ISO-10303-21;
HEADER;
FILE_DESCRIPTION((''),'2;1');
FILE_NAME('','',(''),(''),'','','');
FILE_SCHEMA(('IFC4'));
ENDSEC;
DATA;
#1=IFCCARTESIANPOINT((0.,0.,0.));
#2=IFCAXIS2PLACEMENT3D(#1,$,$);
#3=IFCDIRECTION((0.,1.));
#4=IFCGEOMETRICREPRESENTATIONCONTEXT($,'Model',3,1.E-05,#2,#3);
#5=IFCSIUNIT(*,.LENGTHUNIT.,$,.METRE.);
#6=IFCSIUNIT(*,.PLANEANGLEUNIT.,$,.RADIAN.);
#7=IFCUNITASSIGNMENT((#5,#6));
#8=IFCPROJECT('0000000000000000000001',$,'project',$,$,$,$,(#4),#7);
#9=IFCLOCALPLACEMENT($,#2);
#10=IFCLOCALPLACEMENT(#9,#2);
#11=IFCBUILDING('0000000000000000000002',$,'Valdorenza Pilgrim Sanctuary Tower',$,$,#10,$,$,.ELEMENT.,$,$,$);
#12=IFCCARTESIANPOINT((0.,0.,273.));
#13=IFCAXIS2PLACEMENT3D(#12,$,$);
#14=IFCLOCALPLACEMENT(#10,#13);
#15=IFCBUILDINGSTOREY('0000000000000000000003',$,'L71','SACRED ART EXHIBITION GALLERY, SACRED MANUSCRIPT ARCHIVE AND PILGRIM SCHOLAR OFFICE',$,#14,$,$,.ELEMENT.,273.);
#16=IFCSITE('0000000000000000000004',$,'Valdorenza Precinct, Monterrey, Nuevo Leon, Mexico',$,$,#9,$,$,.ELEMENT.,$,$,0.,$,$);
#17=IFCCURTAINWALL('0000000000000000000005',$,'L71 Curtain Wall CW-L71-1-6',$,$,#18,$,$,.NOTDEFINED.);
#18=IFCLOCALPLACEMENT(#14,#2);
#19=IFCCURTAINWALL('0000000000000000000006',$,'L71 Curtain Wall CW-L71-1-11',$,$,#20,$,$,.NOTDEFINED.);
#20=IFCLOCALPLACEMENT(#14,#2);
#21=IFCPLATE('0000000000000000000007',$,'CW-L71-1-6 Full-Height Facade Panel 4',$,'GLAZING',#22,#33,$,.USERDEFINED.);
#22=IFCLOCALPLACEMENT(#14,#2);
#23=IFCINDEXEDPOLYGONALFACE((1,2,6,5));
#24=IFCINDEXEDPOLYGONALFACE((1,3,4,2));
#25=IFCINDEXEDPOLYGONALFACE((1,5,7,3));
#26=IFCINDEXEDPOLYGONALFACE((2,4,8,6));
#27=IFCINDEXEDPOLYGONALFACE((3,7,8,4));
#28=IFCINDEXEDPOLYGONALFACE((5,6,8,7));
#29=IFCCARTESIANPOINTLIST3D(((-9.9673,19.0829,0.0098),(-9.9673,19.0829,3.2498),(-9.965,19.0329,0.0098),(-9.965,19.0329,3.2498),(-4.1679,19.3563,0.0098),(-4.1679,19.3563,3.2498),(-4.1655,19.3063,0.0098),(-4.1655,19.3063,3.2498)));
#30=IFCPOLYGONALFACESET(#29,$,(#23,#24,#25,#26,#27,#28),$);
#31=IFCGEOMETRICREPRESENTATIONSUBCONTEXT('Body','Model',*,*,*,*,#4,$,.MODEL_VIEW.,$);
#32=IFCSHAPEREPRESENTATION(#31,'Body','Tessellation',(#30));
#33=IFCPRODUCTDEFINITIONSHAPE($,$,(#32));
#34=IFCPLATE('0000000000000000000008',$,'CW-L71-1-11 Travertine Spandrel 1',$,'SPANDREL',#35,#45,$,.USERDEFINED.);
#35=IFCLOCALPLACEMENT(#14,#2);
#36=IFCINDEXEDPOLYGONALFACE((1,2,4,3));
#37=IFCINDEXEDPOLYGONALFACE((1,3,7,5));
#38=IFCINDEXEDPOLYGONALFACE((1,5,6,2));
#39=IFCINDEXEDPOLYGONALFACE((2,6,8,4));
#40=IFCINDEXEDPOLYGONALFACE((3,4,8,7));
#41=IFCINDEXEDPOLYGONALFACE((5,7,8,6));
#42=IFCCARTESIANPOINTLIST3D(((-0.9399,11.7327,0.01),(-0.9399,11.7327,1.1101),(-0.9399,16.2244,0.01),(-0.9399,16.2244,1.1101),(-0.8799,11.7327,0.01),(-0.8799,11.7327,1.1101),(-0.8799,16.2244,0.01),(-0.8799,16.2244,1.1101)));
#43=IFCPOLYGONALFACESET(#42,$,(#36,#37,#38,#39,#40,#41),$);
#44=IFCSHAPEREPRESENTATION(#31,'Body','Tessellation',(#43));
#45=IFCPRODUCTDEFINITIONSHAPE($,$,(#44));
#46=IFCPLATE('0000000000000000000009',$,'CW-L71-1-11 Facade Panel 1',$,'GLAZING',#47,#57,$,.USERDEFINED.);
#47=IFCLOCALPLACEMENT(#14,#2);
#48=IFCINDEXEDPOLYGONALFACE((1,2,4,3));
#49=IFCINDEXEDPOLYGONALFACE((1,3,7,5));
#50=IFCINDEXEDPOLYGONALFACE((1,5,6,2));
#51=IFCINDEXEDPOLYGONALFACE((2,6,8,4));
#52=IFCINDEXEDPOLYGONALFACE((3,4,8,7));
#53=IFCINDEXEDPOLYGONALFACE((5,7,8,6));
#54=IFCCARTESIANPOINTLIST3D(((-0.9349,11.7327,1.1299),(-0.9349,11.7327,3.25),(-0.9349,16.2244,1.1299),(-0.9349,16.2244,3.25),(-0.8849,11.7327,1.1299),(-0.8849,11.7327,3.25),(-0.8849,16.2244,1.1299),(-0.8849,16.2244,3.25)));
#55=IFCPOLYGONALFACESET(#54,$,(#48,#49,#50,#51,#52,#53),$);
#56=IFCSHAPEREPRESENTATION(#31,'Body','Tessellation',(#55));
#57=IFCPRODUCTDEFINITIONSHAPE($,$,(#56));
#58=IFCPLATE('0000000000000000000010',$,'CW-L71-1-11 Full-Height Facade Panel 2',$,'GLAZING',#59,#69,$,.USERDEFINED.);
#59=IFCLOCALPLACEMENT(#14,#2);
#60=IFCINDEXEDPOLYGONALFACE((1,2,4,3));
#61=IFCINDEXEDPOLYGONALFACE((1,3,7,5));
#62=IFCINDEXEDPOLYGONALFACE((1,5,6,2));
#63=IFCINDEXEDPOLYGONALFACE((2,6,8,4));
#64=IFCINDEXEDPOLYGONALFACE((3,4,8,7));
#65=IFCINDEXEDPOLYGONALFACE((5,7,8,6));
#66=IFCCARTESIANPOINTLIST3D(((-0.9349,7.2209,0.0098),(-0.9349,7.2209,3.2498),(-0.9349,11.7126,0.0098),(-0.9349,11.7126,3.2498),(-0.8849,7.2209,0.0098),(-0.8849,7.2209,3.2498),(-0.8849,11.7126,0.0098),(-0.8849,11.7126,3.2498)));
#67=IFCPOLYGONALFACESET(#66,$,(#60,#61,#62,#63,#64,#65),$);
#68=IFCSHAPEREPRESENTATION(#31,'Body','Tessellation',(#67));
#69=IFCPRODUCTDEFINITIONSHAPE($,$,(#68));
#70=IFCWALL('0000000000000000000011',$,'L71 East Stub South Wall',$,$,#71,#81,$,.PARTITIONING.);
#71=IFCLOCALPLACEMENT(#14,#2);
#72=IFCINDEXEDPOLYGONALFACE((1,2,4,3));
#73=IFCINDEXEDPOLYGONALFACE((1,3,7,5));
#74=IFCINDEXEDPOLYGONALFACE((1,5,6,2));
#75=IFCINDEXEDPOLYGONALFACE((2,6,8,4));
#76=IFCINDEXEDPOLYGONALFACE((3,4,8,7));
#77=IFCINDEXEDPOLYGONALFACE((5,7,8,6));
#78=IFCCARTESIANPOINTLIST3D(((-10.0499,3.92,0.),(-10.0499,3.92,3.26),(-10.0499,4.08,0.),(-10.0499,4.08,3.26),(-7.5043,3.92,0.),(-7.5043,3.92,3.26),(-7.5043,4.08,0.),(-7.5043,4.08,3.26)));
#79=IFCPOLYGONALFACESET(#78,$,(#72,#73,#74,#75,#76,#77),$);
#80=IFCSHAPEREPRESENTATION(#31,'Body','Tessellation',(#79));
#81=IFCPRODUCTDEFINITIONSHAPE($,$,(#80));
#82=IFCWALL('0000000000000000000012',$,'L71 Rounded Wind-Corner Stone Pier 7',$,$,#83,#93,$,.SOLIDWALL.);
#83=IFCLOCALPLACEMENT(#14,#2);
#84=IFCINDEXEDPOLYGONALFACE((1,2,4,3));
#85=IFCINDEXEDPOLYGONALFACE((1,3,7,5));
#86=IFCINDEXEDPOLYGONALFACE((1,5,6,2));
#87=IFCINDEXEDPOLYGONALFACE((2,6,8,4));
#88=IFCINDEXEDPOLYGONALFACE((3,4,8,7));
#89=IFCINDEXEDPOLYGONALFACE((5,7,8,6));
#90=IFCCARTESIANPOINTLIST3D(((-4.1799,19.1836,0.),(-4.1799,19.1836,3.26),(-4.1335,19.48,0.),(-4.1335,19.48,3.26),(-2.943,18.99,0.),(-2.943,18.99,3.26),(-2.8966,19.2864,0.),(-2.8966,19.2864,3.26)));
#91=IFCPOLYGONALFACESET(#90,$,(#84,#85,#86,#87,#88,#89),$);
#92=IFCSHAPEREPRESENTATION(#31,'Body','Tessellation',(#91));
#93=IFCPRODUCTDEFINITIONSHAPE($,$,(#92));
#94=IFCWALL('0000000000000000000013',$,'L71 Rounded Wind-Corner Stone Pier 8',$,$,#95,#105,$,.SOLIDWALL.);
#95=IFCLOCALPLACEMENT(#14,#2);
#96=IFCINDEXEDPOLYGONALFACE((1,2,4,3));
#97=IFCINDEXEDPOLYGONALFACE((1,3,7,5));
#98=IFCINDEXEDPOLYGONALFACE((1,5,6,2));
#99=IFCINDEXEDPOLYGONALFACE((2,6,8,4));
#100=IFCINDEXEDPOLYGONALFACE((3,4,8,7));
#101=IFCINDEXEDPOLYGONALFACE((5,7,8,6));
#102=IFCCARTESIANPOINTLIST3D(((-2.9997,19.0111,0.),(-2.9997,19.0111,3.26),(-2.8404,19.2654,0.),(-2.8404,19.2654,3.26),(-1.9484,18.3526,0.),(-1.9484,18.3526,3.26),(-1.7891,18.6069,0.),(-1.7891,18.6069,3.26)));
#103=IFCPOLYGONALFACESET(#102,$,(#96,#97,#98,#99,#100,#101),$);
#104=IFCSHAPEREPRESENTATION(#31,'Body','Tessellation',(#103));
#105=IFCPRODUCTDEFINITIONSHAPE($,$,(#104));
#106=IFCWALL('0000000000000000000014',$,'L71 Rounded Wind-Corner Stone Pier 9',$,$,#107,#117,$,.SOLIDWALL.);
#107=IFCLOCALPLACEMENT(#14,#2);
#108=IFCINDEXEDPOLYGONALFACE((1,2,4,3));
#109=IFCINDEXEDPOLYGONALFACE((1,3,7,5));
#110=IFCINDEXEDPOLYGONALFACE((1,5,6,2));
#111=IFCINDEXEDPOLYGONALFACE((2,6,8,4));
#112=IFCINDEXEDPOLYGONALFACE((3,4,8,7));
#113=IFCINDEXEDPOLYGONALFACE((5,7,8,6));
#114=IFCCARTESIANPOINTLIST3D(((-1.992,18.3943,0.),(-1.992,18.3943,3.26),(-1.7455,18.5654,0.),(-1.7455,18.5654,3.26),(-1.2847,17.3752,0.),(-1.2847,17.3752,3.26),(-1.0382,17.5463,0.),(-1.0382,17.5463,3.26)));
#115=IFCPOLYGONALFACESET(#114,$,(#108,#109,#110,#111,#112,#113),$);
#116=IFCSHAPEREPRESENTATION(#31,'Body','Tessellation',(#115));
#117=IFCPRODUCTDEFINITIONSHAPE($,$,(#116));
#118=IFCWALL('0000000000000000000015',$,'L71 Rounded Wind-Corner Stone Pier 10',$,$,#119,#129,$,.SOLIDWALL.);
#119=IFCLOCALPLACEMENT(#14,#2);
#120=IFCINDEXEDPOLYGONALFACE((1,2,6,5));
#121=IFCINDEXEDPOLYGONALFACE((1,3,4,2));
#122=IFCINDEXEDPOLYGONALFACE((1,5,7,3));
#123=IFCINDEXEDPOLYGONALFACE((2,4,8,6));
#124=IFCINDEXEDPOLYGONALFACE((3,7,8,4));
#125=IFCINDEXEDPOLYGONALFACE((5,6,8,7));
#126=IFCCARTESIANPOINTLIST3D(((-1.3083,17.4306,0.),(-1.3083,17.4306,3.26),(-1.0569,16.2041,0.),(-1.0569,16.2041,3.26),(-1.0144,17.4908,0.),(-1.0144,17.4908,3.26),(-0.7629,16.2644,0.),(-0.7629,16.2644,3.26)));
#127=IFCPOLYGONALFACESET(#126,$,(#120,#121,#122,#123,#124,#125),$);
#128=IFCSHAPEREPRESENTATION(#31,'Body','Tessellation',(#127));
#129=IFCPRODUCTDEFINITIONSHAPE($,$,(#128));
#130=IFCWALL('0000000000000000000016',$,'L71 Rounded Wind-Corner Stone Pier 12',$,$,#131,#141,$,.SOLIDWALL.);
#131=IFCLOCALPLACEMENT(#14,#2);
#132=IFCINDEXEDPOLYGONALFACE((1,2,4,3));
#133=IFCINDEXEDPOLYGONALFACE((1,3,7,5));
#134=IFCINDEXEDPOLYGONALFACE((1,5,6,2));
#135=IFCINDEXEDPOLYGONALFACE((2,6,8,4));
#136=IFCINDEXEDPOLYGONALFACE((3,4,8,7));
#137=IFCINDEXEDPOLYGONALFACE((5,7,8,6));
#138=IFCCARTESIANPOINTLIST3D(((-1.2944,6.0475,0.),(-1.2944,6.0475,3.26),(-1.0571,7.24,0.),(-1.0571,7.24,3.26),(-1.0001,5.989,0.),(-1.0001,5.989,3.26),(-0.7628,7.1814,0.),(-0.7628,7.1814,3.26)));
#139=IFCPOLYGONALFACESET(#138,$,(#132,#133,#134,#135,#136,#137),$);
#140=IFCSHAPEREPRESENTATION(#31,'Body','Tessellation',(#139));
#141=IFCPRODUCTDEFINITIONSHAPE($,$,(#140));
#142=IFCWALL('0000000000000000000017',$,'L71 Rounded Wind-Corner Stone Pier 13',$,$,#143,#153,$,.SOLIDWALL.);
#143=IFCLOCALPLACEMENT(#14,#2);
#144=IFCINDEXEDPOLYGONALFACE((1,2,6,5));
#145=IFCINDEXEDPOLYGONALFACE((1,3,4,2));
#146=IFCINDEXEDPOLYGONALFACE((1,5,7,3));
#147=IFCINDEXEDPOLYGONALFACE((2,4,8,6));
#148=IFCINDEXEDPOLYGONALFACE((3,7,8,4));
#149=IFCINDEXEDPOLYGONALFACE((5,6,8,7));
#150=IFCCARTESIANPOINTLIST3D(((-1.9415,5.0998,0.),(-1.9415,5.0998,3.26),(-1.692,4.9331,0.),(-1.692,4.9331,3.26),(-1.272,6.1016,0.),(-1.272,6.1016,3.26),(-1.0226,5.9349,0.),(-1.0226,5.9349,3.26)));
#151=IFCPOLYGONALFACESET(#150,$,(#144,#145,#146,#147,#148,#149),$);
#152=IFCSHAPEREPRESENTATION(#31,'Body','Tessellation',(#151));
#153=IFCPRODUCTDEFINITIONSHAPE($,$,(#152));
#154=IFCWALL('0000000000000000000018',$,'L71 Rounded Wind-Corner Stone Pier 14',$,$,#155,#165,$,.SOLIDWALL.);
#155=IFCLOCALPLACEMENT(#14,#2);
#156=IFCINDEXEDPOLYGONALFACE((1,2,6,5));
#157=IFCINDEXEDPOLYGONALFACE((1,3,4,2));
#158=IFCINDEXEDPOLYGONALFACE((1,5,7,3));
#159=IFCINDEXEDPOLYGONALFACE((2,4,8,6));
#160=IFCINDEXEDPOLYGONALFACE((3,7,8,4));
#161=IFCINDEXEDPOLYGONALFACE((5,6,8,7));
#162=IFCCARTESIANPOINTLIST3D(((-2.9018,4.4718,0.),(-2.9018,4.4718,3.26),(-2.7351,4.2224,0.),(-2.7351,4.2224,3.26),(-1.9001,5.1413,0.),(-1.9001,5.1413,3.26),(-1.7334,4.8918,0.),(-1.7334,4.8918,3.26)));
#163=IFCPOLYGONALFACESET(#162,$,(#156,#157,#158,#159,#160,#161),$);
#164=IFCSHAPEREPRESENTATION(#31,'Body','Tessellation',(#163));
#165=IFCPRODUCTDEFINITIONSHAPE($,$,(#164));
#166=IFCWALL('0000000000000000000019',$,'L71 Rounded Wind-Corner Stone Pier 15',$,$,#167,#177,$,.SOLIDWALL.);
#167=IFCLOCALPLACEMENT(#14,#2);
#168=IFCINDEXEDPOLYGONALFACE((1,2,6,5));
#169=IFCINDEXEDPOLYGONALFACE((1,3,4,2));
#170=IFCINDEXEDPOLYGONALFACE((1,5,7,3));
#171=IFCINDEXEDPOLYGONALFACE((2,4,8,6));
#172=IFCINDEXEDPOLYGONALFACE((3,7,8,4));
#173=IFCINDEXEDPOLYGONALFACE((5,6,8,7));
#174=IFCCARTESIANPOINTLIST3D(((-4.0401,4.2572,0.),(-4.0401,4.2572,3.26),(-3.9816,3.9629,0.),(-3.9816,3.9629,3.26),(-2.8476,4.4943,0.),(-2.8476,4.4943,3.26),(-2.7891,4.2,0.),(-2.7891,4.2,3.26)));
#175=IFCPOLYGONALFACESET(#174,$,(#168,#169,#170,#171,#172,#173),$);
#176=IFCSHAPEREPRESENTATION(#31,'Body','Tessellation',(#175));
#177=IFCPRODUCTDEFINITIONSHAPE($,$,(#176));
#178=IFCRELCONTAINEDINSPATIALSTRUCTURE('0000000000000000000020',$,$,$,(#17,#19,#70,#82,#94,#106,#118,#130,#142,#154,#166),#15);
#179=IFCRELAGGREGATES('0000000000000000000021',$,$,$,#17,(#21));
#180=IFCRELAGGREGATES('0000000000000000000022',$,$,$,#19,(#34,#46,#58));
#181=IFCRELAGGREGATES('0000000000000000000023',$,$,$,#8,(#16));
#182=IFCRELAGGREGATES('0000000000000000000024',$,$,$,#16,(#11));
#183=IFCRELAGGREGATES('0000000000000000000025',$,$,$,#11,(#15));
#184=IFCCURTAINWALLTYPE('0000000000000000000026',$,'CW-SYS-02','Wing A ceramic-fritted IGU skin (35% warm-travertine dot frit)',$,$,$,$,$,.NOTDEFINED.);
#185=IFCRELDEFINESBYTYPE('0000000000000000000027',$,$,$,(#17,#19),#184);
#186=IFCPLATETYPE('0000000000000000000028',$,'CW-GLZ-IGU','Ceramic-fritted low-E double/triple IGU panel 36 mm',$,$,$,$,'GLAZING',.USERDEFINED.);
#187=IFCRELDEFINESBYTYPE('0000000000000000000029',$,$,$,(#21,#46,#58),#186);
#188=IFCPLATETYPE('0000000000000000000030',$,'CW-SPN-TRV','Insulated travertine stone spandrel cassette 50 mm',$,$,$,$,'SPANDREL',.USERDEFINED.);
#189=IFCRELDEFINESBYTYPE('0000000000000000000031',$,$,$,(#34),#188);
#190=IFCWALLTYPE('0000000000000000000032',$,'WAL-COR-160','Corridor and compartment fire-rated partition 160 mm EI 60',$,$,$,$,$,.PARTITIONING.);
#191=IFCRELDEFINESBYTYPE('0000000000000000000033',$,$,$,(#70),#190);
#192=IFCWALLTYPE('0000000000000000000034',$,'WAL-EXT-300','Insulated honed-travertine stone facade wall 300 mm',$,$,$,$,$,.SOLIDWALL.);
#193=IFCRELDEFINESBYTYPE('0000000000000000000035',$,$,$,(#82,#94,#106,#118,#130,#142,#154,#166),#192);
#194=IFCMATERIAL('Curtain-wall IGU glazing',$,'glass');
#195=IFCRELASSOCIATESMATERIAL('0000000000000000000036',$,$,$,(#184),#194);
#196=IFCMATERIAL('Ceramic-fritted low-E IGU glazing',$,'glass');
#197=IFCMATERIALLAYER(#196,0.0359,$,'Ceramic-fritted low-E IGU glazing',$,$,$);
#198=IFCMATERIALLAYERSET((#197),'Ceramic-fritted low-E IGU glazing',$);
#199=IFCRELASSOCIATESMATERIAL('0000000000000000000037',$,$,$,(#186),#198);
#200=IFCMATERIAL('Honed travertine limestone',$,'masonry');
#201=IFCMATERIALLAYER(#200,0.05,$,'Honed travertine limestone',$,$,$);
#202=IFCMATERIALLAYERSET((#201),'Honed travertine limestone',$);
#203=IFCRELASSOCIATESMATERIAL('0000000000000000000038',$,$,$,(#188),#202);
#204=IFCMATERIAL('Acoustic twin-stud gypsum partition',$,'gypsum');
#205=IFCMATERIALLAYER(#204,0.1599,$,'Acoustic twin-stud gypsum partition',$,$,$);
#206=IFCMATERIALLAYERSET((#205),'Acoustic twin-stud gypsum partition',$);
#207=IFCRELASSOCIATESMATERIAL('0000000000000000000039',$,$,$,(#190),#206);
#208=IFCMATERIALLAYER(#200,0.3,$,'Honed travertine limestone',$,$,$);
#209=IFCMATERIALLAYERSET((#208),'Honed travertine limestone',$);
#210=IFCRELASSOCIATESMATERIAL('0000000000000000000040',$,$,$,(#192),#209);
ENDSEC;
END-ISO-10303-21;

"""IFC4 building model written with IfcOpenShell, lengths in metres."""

from ifc_helpers import new_model, si_unit, direction, frame, frame_2d, origin, origin_2d, place, context, subcontext, project, spatial, rectangle, extrude, source, transform, mapped, material, layer, layer_set, type_object, element, aggregate, save


model = new_model("IFC4")

# Units and contexts
model_context = context("Model", 3, precision=1e-05, world=origin(), true_north=direction((0.0, 1.0)))
body_context = subcontext(model_context, "Body", "Model", "MODEL_VIEW")
ifc_project = project(units=[si_unit("LENGTHUNIT", "METRE"), si_unit("PLANEANGLEUNIT", "RADIAN")], contexts=[model_context])

# Site, building, storey
site_placement = place(None, origin())
site = spatial("IfcSite", under=ifc_project, at=site_placement, Name="Valdorenza Precinct, Monterrey, Nuevo Leon, Mexico", CompositionType="ELEMENT", RefElevation=0.0)
building_placement = place(site_placement, origin())
building = spatial("IfcBuilding", under=site, at=building_placement, Name="Valdorenza Pilgrim Sanctuary Tower", CompositionType="ELEMENT")
storey_placement = place(building_placement, frame((0.0, 0.0, 273.0)))
storey = spatial("IfcBuildingStorey", under=building, at=storey_placement, Name="L71", Description="SACRED ART EXHIBITION GALLERY, SACRED MANUSCRIPT ARCHIVE AND PILGRIM SCHOLAR OFFICE", CompositionType="ELEMENT", Elevation=273.0)

# Curtain walls
ifc_material_1 = material(Name="Curtain-wall IGU glazing", Category="glass")
curtain_wall_type = type_object("IfcCurtainWallType", Name="CW-SYS-02", Description="Wing A ceramic-fritted IGU skin (35% warm-travertine dot frit)", PredefinedType="NOTDEFINED", material=ifc_material_1)
curtain_wall_1_placement = place(storey_placement, origin())
curtain_wall_1 = element("IfcCurtainWall", 1, at=curtain_wall_1_placement, inside=storey, type_object=curtain_wall_type, Name="L71 Curtain Wall CW-L71-1-6", PredefinedType="NOTDEFINED")
curtain_wall_2_placement = place(storey_placement, origin())
curtain_wall_2 = element("IfcCurtainWall", 2, at=curtain_wall_2_placement, inside=storey, type_object=curtain_wall_type, Name="L71 Curtain Wall CW-L71-1-11", PredefinedType="NOTDEFINED")

# Plates
ifc_material_2 = material(Name="Ceramic-fritted low-E IGU glazing", Category="glass")
ifc_layer_1 = layer(ifc_material_2, 0.0359, Name="Ceramic-fritted low-E IGU glazing")
ifc_layer_set_1 = layer_set([ifc_layer_1], Name="Ceramic-fritted low-E IGU glazing")
plate_type_1 = type_object("IfcPlateType", Name="CW-GLZ-IGU", Description="Ceramic-fritted low-E double/triple IGU panel 36 mm", ElementType="GLAZING", PredefinedType="USERDEFINED", material=ifc_layer_set_1)
shared_shape_1 = source(origin(), body_context, "Body", "SweptSolid", [
    extrude(rectangle(XDim=5.8059, YDim=0.05, at=origin_2d()), origin(), (0.0, 0.0, 1.0), 3.24),
])
plate_1_placement = place(storey_placement, frame((-7.0664, 19.1946, 0.0098), z_axis=(0.0, 0.0, 1.0), x_axis=(0.998891, 0.047089, 0.0)))
plate_1 = element("IfcPlate", 3, at=plate_1_placement, type_object=plate_type_1, Name="CW-L71-1-6 Full-Height Facade Panel 4", ObjectType="GLAZING", PredefinedType="USERDEFINED", context=body_context, shape_type="MappedRepresentation", body=[
    mapped(shared_shape_1, transform((0.0, 0.0, 0.0), x_axis=(1.0, 0.0, 0.0), y_axis=(0.0, 1.0, 0.0), z_axis=(0.0, 0.0, 1.0), scale=1.0)),
])
aggregate(curtain_wall_1, [plate_1])
ifc_material_3 = material(Name="Honed travertine limestone", Category="masonry")
ifc_layer_2 = layer(ifc_material_3, 0.05, Name="Honed travertine limestone")
ifc_layer_set_2 = layer_set([ifc_layer_2], Name="Honed travertine limestone")
plate_type_2 = type_object("IfcPlateType", Name="CW-SPN-TRV", Description="Insulated travertine stone spandrel cassette 50 mm", ElementType="SPANDREL", PredefinedType="USERDEFINED", material=ifc_layer_set_2)
shared_shape_2 = source(origin(), body_context, "Body", "SweptSolid", [
    extrude(rectangle(XDim=4.4917, YDim=0.0601, at=origin_2d()), origin(), (0.0, 0.0, 1.0), 1.1001),
])
plate_2_placement = place(storey_placement, frame((-0.9099, 13.9785, 0.01), z_axis=(0.0, 0.0, 1.0), x_axis=(0.0, -1.0, 0.0)))
plate_2 = element("IfcPlate", 4, at=plate_2_placement, type_object=plate_type_2, Name="CW-L71-1-11 Travertine Spandrel 1", ObjectType="SPANDREL", PredefinedType="USERDEFINED", context=body_context, shape_type="MappedRepresentation", body=[
    mapped(shared_shape_2, transform((0.0, 0.0, 0.0), x_axis=(1.0, 0.0, 0.0), y_axis=(0.0, 1.0, 0.0), z_axis=(0.0, 0.0, 1.0), scale=1.0)),
])
shared_shape_3 = source(origin(), body_context, "Body", "SweptSolid", [
    extrude(rectangle(XDim=4.4917, YDim=0.05, at=origin_2d()), origin(), (0.0, 0.0, 1.0), 2.1201),
])
plate_3_placement = place(storey_placement, frame((-0.9099, 13.9785, 1.1299), z_axis=(0.0, 0.0, 1.0), x_axis=(0.0, -1.0, 0.0)))
plate_3 = element("IfcPlate", 5, at=plate_3_placement, type_object=plate_type_1, Name="CW-L71-1-11 Facade Panel 1", ObjectType="GLAZING", PredefinedType="USERDEFINED", context=body_context, shape_type="MappedRepresentation", body=[
    mapped(shared_shape_3, transform((0.0, 0.0, 0.0), x_axis=(1.0, 0.0, 0.0), y_axis=(0.0, 1.0, 0.0), z_axis=(0.0, 0.0, 1.0), scale=1.0)),
])
shared_shape_4 = source(origin(), body_context, "Body", "SweptSolid", [
    extrude(rectangle(XDim=4.4917, YDim=0.05, at=origin_2d()), origin(), (0.0, 0.0, 1.0), 3.24),
])
plate_4_placement = place(storey_placement, frame((-0.9099, 9.4668, 0.0098), z_axis=(0.0, 0.0, 1.0), x_axis=(0.0, -1.0, 0.0)))
plate_4 = element("IfcPlate", 6, at=plate_4_placement, type_object=plate_type_1, Name="CW-L71-1-11 Full-Height Facade Panel 2", ObjectType="GLAZING", PredefinedType="USERDEFINED", context=body_context, shape_type="MappedRepresentation", body=[
    mapped(shared_shape_4, transform((0.0, 0.0, 0.0), x_axis=(1.0, 0.0, 0.0), y_axis=(0.0, 1.0, 0.0), z_axis=(0.0, 0.0, 1.0), scale=1.0)),
])
aggregate(curtain_wall_2, [plate_2, plate_3, plate_4])

# Shared definitions
ifc_material_4 = material(Name="Acoustic twin-stud gypsum partition", Category="gypsum")
ifc_layer_3 = layer(ifc_material_4, 0.1599, Name="Acoustic twin-stud gypsum partition")
ifc_layer_set_3 = layer_set([ifc_layer_3], Name="Acoustic twin-stud gypsum partition")
wall_type_1 = type_object("IfcWallType", Name="WAL-COR-160", Description="Corridor and compartment fire-rated partition 160 mm EI 60", PredefinedType="PARTITIONING", material=ifc_layer_set_3)

# Walls
wall_1_placement = place(storey_placement, frame((-10.05, 4.0, 0.0), z_axis=(0.0, 0.0, 1.0), x_axis=(1.0, 0.0, 0.0)))
element("IfcWall", 7, at=wall_1_placement, inside=storey, type_object=wall_type_1, Name="L71 East Stub South Wall", PredefinedType="PARTITIONING", context=body_context, shape_type="SweptSolid", body=[
    extrude(rectangle(XDim=2.5457, YDim=0.1599, at=frame_2d((1.2729, 0.0))), origin(), (0.0, 0.0, 1.0), 3.26),
])
ifc_layer_4 = layer(ifc_material_3, 0.3, Name="Honed travertine limestone")
ifc_layer_set_4 = layer_set([ifc_layer_4], Name="Honed travertine limestone")
wall_type_2 = type_object("IfcWallType", Name="WAL-EXT-300", Description="Insulated honed-travertine stone facade wall 300 mm", PredefinedType="SOLIDWALL", material=ifc_layer_set_4)
wall_2_placement = place(storey_placement, frame((-4.1567, 19.3318, 0.0), z_axis=(0.0, 0.0, 1.0), x_axis=(0.987969, -0.154651, 0.0)))
element("IfcWall", 8, at=wall_2_placement, inside=storey, type_object=wall_type_2, Name="L71 Rounded Wind-Corner Stone Pier 7", PredefinedType="SOLIDWALL", context=body_context, shape_type="SweptSolid", body=[
    extrude(rectangle(XDim=1.252, YDim=0.3, at=frame_2d((0.626, 0.0))), origin(), (0.0, 0.0, 1.0), 3.26),
])
for number, where, z_axis, x_axis, name in (
    (9, (-2.9199, 19.1382, 0.0), (0.0, 0.0, 1.0), (0.847489, -0.530812, 0.0), "L71 Rounded Wind-Corner Stone Pier 8"),
    (10, (-1.8687, 18.4797, 0.0), (0.0, 0.0, 1.0), (0.570182, -0.821518, 0.0), "L71 Rounded Wind-Corner Stone Pier 9"),
):
    element("IfcWall", number, at=place(storey_placement, frame(where, z_axis=z_axis, x_axis=x_axis)), inside=storey, type_object=wall_type_2, Name=name, PredefinedType="SOLIDWALL", context=body_context, shape_type="SweptSolid", body=[
        extrude(rectangle(XDim=1.2405, YDim=0.3, at=frame_2d((0.6201, 0.0))), origin(), (0.0, 0.0, 1.0), 3.26),
    ])
wall_3_placement = place(storey_placement, frame((-1.1614, 17.4607, 0.0), z_axis=(0.0, 0.0, 1.0), x_axis=(0.200877, -0.979616, 0.0)))
element("IfcWall", 11, at=wall_3_placement, inside=storey, type_object=wall_type_2, Name="L71 Rounded Wind-Corner Stone Pier 10", PredefinedType="SOLIDWALL", context=body_context, shape_type="SweptSolid", body=[
    extrude(rectangle(XDim=1.252, YDim=0.3, at=frame_2d((0.626, 0.0))), origin(), (0.0, 0.0, 1.0), 3.26),
])
wall_4_placement = place(storey_placement, frame((-0.9099, 7.2107, 0.0), z_axis=(0.0, 0.0, 1.0), x_axis=(-0.195189, -0.980766, 0.0)))
element("IfcWall", 12, at=wall_4_placement, inside=storey, type_object=wall_type_2, Name="L71 Rounded Wind-Corner Stone Pier 12", PredefinedType="SOLIDWALL", context=body_context, shape_type="SweptSolid", body=[
    extrude(rectangle(XDim=1.2158, YDim=0.3, at=frame_2d((0.6079, 0.0))), origin(), (0.0, 0.0, 1.0), 3.26),
])
for number, where, z_axis, x_axis, name in (
    (13, (-1.1472, 6.0183, 0.0), (0.0, 0.0, 1.0), (-0.555635, -0.831426, 0.0), "L71 Rounded Wind-Corner Stone Pier 13"),
    (14, (-1.8167, 5.0166, 0.0), (0.0, 0.0, 1.0), (-0.831426, -0.555635, 0.0), "L71 Rounded Wind-Corner Stone Pier 14"),
):
    element("IfcWall", number, at=place(storey_placement, frame(where, z_axis=z_axis, x_axis=x_axis)), inside=storey, type_object=wall_type_2, Name=name, PredefinedType="SOLIDWALL", context=body_context, shape_type="SweptSolid", body=[
        extrude(rectangle(XDim=1.2048, YDim=0.3, at=frame_2d((0.6025, 0.0))), origin(), (0.0, 0.0, 1.0), 3.26),
    ])
wall_5_placement = place(storey_placement, frame((-2.8184, 4.3472, 0.0), z_axis=(0.0, 0.0, 1.0), x_axis=(-0.980804, -0.194996, 0.0)))
element("IfcWall", 15, at=wall_5_placement, inside=storey, type_object=wall_type_2, Name="L71 Rounded Wind-Corner Stone Pier 15", PredefinedType="SOLIDWALL", context=body_context, shape_type="SweptSolid", body=[
    extrude(rectangle(XDim=1.2158, YDim=0.3, at=frame_2d((0.6079, 0.0))), origin(), (0.0, 0.0, 1.0), 3.26),
])

save(model, "model.ifc")
